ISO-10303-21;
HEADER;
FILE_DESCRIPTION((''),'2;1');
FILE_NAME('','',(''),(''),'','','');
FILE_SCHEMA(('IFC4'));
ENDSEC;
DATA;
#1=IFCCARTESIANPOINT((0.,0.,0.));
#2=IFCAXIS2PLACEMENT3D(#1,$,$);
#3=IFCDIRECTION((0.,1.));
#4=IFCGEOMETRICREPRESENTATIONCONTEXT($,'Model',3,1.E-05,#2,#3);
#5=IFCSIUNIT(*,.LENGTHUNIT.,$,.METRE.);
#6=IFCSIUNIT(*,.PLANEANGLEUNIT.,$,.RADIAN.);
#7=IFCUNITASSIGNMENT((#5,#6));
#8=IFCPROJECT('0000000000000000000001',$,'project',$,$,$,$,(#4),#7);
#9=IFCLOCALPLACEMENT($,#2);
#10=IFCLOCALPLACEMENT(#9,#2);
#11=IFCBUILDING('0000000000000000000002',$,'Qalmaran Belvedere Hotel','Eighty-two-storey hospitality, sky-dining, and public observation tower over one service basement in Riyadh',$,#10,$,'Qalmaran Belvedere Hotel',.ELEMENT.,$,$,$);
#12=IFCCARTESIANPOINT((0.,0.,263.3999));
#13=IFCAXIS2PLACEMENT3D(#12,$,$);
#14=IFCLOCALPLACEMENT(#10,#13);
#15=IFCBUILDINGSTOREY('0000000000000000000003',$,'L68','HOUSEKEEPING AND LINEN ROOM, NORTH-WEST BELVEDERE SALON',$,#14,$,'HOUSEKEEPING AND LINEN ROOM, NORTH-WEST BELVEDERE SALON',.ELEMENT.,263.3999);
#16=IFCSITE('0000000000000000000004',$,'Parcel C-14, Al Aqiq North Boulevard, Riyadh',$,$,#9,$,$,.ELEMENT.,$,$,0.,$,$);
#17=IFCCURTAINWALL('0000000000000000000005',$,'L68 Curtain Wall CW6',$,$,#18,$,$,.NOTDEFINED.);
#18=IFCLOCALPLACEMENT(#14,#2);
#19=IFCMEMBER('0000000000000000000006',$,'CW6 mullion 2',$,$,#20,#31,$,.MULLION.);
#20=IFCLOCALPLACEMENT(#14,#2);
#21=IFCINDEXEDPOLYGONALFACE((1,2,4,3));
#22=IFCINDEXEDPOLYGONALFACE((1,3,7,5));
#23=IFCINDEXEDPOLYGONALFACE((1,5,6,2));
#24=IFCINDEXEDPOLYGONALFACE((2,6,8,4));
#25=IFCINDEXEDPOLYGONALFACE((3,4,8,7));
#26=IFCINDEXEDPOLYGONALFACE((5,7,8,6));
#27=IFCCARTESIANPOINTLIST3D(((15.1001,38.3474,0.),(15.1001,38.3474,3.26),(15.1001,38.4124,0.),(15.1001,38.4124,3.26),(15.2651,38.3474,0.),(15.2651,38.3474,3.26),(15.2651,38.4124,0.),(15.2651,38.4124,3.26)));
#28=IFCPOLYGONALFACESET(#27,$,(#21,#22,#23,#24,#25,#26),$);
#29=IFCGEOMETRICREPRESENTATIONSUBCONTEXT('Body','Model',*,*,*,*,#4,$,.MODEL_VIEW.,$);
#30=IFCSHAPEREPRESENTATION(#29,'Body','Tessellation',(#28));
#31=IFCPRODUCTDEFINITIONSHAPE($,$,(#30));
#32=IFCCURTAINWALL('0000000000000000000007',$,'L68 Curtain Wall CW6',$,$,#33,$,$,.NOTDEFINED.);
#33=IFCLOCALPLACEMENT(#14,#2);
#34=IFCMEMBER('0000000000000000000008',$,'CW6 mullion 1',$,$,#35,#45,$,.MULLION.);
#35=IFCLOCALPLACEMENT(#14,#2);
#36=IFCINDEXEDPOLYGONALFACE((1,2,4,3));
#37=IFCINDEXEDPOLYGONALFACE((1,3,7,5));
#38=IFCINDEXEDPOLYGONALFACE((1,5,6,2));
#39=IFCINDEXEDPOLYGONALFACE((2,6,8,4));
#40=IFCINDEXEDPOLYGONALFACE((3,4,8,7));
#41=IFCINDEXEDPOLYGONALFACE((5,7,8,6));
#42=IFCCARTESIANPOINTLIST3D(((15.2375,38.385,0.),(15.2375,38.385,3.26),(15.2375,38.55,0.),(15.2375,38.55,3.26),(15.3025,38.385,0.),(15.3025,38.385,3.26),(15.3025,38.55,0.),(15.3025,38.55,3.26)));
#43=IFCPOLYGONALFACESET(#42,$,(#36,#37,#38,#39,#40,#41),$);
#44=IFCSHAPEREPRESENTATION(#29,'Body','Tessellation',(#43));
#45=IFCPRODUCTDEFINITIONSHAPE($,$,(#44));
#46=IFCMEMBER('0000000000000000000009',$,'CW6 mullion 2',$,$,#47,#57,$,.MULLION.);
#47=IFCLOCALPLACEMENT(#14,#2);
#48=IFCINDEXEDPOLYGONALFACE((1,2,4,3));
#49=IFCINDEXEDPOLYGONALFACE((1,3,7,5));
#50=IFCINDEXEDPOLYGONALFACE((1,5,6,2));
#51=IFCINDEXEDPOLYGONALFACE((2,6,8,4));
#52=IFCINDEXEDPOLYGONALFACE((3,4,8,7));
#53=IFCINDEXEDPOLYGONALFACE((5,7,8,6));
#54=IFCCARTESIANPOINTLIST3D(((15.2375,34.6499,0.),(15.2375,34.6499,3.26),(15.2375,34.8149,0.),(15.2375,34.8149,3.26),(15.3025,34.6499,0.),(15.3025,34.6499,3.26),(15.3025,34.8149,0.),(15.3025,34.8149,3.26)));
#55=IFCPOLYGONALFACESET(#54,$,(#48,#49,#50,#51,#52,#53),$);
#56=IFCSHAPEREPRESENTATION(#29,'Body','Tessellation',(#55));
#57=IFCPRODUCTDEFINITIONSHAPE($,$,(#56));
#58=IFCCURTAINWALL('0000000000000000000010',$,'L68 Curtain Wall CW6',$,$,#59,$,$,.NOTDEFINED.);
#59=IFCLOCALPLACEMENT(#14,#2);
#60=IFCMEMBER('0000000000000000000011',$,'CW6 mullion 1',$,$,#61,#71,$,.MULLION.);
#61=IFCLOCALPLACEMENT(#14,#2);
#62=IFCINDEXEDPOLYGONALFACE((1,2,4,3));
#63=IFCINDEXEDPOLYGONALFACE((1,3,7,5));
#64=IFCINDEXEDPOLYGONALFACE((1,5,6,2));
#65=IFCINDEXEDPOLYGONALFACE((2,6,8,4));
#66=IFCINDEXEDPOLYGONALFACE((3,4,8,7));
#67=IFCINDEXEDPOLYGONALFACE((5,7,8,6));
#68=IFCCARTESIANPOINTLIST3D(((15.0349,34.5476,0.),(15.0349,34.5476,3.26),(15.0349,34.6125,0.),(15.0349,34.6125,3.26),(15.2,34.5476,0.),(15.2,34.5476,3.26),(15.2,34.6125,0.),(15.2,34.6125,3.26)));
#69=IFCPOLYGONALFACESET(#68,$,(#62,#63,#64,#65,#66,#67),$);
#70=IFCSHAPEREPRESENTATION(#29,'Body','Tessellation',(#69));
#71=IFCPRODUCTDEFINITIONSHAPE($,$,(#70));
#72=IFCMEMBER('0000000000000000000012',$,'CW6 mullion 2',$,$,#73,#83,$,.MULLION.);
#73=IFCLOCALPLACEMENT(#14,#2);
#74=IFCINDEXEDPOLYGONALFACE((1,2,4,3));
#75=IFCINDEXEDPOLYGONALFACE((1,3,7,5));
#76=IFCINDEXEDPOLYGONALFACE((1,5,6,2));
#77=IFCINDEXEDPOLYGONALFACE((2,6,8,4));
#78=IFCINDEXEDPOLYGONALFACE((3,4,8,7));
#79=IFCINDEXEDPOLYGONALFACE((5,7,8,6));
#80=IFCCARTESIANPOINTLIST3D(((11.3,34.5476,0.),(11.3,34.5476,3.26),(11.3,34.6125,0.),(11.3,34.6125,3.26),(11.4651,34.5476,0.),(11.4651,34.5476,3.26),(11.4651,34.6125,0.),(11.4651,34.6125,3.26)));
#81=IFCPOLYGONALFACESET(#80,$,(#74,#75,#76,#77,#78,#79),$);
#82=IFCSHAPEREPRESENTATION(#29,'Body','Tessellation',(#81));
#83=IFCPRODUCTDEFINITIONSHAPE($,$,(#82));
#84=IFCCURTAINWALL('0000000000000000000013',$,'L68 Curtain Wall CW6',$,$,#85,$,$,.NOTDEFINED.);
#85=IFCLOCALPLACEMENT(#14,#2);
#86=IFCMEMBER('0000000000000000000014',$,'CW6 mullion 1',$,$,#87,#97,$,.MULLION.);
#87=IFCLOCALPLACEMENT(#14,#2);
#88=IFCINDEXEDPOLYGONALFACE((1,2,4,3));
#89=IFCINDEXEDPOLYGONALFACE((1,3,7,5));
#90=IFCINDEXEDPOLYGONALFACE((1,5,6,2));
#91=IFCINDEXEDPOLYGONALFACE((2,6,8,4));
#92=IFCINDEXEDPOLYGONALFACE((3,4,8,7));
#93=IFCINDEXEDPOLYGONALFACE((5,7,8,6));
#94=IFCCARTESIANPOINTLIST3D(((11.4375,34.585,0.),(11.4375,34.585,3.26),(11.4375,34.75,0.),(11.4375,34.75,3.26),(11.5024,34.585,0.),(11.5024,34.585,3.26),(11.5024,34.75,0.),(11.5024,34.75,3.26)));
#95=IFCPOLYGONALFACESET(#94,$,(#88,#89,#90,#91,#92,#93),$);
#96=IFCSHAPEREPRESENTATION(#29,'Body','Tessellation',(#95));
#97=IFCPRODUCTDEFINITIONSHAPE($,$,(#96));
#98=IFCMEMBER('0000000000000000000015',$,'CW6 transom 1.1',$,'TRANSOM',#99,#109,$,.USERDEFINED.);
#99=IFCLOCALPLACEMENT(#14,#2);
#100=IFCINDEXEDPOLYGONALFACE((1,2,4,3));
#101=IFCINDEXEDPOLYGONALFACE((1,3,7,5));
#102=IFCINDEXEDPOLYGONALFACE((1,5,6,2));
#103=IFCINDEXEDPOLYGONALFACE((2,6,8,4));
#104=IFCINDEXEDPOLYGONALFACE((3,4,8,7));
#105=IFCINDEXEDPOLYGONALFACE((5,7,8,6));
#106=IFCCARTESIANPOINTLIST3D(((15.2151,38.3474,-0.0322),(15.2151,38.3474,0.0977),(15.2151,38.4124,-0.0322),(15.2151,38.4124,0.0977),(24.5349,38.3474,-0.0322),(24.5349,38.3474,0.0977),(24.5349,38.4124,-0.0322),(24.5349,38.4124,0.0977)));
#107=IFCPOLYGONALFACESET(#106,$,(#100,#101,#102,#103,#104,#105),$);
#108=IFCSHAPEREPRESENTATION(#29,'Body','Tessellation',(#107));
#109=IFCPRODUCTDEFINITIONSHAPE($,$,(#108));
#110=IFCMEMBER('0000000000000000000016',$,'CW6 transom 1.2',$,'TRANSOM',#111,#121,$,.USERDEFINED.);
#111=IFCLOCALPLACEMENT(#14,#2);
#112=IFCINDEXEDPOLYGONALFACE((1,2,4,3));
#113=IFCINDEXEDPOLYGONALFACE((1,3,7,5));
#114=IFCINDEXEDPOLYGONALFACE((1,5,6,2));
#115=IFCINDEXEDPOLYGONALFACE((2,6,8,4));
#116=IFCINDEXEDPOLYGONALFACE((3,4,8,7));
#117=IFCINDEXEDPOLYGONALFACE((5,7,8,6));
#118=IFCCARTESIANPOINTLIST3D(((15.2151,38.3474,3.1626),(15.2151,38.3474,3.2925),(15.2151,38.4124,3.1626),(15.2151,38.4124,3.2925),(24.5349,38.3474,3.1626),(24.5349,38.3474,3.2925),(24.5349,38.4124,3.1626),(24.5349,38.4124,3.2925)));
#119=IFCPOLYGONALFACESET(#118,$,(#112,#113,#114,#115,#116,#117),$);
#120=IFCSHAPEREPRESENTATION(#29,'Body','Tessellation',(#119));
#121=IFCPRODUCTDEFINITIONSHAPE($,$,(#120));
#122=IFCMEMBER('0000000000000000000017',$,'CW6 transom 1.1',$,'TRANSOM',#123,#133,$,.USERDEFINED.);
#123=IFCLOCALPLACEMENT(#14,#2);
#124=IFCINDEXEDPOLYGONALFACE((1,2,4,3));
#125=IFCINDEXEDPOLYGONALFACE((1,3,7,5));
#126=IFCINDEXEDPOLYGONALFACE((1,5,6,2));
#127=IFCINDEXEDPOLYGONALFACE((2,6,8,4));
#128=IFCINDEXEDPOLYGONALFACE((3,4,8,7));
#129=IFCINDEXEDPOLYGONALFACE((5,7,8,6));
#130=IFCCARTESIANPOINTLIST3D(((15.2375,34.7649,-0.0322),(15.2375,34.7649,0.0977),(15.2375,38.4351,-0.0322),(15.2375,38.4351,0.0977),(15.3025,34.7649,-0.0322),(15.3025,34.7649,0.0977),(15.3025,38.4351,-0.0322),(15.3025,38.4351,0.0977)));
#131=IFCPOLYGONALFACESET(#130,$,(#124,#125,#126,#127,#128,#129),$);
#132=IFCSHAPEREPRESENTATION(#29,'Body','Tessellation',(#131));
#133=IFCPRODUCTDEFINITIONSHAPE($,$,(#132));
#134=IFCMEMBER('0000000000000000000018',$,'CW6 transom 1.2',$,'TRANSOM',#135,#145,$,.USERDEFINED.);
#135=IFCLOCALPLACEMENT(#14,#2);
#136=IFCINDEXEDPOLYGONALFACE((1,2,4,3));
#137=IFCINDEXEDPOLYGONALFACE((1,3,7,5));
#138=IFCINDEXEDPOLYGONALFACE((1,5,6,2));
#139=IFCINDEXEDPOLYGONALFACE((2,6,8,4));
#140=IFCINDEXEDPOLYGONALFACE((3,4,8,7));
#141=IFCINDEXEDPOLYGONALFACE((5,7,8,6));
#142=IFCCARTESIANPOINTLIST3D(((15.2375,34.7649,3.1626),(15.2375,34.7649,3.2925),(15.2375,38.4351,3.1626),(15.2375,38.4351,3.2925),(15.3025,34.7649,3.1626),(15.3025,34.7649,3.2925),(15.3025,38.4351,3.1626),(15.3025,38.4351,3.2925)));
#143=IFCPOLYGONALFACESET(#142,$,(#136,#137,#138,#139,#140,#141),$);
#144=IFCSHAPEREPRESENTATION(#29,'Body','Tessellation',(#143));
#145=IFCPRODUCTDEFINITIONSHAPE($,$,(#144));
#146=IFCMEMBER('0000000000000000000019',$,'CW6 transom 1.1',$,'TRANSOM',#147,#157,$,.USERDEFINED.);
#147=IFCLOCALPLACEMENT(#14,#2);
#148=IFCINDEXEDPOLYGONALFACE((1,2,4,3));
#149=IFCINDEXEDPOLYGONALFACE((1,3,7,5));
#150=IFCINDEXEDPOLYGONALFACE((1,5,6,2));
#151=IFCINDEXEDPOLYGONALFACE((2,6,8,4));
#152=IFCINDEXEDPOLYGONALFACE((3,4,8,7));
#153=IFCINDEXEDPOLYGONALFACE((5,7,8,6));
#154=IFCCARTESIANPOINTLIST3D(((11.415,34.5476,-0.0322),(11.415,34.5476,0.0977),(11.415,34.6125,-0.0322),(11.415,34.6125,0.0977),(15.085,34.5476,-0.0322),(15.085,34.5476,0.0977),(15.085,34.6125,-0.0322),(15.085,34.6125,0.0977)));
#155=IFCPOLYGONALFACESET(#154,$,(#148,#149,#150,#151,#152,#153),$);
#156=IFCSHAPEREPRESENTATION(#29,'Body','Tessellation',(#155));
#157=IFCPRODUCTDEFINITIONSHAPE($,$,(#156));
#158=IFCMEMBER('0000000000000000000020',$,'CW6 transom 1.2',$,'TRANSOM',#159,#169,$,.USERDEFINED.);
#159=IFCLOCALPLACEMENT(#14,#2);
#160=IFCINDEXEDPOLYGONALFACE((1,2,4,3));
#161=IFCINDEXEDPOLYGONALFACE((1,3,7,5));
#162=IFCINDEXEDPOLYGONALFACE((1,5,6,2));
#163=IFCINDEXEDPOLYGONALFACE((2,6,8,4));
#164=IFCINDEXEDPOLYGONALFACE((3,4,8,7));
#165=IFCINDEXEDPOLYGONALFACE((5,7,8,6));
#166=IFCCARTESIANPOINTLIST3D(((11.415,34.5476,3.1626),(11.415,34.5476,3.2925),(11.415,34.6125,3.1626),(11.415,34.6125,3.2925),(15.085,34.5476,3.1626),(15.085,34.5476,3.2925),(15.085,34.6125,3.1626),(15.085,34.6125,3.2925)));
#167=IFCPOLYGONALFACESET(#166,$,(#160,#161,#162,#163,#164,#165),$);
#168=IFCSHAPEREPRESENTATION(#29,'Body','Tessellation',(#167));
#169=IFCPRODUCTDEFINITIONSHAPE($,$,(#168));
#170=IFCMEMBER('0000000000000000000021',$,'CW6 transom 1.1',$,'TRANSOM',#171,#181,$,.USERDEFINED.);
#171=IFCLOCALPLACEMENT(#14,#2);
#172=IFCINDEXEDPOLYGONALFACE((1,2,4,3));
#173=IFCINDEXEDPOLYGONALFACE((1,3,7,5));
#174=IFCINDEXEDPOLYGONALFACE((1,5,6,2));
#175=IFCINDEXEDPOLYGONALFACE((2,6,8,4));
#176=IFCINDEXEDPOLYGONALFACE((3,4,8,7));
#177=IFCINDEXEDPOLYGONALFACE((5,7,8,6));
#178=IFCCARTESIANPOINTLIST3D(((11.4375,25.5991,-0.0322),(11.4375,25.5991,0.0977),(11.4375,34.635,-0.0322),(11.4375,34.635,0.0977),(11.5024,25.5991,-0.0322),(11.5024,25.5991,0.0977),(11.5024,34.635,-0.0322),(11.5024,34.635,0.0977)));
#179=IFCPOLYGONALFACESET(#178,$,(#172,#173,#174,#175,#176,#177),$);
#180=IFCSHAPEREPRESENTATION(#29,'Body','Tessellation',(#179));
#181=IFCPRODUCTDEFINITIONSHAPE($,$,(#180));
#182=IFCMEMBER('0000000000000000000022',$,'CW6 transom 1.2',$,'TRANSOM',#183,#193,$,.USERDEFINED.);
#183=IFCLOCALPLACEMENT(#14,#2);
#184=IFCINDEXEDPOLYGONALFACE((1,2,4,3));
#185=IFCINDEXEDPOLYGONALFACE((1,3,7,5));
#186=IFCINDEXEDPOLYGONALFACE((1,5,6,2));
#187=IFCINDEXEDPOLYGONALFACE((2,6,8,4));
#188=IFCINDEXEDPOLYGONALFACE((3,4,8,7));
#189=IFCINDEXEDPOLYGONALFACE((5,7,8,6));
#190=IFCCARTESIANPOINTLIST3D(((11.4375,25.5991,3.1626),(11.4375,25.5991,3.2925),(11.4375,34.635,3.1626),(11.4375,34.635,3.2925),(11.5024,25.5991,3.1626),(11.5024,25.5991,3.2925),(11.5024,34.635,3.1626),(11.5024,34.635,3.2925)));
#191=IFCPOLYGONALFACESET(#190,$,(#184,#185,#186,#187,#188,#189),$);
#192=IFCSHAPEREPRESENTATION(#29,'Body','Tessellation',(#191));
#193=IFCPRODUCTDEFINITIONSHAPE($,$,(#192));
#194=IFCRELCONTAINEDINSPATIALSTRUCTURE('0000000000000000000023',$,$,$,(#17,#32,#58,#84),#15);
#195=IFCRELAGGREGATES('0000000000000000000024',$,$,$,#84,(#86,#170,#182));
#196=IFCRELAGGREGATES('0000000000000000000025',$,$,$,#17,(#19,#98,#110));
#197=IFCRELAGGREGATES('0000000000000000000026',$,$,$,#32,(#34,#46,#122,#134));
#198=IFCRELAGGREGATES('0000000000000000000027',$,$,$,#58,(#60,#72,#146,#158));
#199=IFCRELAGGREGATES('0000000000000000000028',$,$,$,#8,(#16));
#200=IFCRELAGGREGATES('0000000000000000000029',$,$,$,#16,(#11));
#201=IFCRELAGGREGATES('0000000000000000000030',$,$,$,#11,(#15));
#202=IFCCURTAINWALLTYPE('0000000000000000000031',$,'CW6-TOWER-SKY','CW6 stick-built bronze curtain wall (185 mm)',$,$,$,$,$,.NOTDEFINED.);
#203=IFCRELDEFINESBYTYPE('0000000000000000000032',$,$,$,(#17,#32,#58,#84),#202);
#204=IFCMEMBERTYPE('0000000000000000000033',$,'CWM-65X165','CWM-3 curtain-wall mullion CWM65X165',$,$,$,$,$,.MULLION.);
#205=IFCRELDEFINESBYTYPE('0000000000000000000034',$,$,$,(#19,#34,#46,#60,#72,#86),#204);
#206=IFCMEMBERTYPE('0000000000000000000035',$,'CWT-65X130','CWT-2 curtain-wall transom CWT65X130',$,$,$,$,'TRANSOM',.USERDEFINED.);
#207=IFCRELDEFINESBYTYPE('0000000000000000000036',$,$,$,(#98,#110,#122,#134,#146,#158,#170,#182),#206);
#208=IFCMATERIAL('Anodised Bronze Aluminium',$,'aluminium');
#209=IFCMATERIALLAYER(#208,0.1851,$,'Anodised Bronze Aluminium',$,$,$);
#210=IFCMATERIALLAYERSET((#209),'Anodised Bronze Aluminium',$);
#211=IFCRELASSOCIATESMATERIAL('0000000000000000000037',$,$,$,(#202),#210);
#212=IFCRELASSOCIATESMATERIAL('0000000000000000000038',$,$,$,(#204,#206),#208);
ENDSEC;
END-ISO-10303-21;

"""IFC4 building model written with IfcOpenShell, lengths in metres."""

from ifc_helpers import new_model, si_unit, direction, frame, origin, origin_2d, place, context, subcontext, project, spatial, rectangle, extrude, material, layer, layer_set, material_profile, profile_set, type_object, element, aggregate, save


model = new_model("IFC4")

# Units and contexts
model_context = context("Model", 3, precision=1e-05, world=origin(), true_north=direction((0.0, 1.0)))
body_context = subcontext(model_context, "Body", "Model", "MODEL_VIEW")
ifc_project = project(units=[si_unit("LENGTHUNIT", "METRE"), si_unit("PLANEANGLEUNIT", "RADIAN")], contexts=[model_context])

# Site, building, storey
site_placement = place(None, origin())
site = spatial("IfcSite", under=ifc_project, at=site_placement, Name="Parcel C-14, Al Aqiq North Boulevard, Riyadh", CompositionType="ELEMENT", RefElevation=0.0)
building_placement = place(site_placement, origin())
building = spatial("IfcBuilding", under=site, at=building_placement, Name="Qalmaran Belvedere Hotel", Description="Eighty-two-storey hospitality, sky-dining, and public observation tower over one service basement in Riyadh", LongName="Qalmaran Belvedere Hotel", CompositionType="ELEMENT")
storey_placement = place(building_placement, frame((0.0, 0.0, 263.3999)))
storey = spatial("IfcBuildingStorey", under=building, at=storey_placement, Name="L68", Description="HOUSEKEEPING AND LINEN ROOM, NORTH-WEST BELVEDERE SALON", LongName="HOUSEKEEPING AND LINEN ROOM, NORTH-WEST BELVEDERE SALON", CompositionType="ELEMENT", Elevation=263.3999)

# Curtain walls, members
ifc_material_1 = material(Name="Anodised Bronze Aluminium", Category="aluminium")
ifc_layer_1 = layer(ifc_material_1, 0.1851, Name="Anodised Bronze Aluminium")
ifc_layer_set_1 = layer_set([ifc_layer_1], Name="Anodised Bronze Aluminium")
curtain_wall_type = type_object("IfcCurtainWallType", Name="CW6-TOWER-SKY", Description="CW6 stick-built bronze curtain wall (185 mm)", PredefinedType="NOTDEFINED", material=ifc_layer_set_1)
curtain_wall_1_placement = place(storey_placement, origin())
curtain_wall_1 = element("IfcCurtainWall", 1, at=curtain_wall_1_placement, inside=storey, type_object=curtain_wall_type, Name="L68 Curtain Wall CW6", PredefinedType="NOTDEFINED")
ifc_material_profile_1 = material_profile(ifc_material_1, rectangle(XDim=0.0649, YDim=0.165, at=origin_2d()), Name="CWM65X165")
ifc_profile_set_1 = profile_set([ifc_material_profile_1], Name="Anodised Bronze Aluminium")
member_type_1 = type_object("IfcMemberType", Name="CWM-65X165", Description="CWM-3 curtain-wall mullion CWM65X165", PredefinedType="MULLION", material=ifc_profile_set_1)
member_1_placement = place(storey_placement, frame((15.1826, 38.3799, 0.0), z_axis=(0.0, 0.0, 1.0), x_axis=(0.0, -1.0, 0.0)))
member_1 = element("IfcMember", 2, at=member_1_placement, type_object=member_type_1, Name="CW6 mullion 2", PredefinedType="MULLION", context=body_context, shape_type="SweptSolid", body=[
    extrude(rectangle(XDim=0.0649, YDim=0.165, at=origin_2d()), origin(), (0.0, 0.0, 1.0), 3.26),
])
curtain_wall_2_placement = place(storey_placement, origin())
curtain_wall_2 = element("IfcCurtainWall", 3, at=curtain_wall_2_placement, inside=storey, type_object=curtain_wall_type, Name="L68 Curtain Wall CW6", PredefinedType="NOTDEFINED")
member_2_placement = place(storey_placement, frame((15.27, 38.4675, 0.0), z_axis=(0.0, 0.0, 1.0), x_axis=(1.0, 0.0, 0.0)))
member_2 = element("IfcMember", 4, at=member_2_placement, type_object=member_type_1, Name="CW6 mullion 1", PredefinedType="MULLION", context=body_context, shape_type="SweptSolid", body=[
    extrude(rectangle(XDim=0.0649, YDim=0.165, at=origin_2d()), origin(), (0.0, 0.0, 1.0), 3.26),
])
member_3_placement = place(storey_placement, frame((15.27, 34.7324, 0.0), z_axis=(0.0, 0.0, 1.0), x_axis=(1.0, 0.0, 0.0)))
member_3 = element("IfcMember", 5, at=member_3_placement, type_object=member_type_1, Name="CW6 mullion 2", PredefinedType="MULLION", context=body_context, shape_type="SweptSolid", body=[
    extrude(rectangle(XDim=0.0649, YDim=0.165, at=origin_2d()), origin(), (0.0, 0.0, 1.0), 3.26),
])
curtain_wall_3_placement = place(storey_placement, origin())
curtain_wall_3 = element("IfcCurtainWall", 6, at=curtain_wall_3_placement, inside=storey, type_object=curtain_wall_type, Name="L68 Curtain Wall CW6", PredefinedType="NOTDEFINED")
member_4_placement = place(storey_placement, frame((15.1174, 34.5801, 0.0), z_axis=(0.0, 0.0, 1.0), x_axis=(0.0, -1.0, 0.0)))
member_4 = element("IfcMember", 7, at=member_4_placement, type_object=member_type_1, Name="CW6 mullion 1", PredefinedType="MULLION", context=body_context, shape_type="SweptSolid", body=[
    extrude(rectangle(XDim=0.0649, YDim=0.165, at=origin_2d()), origin(), (0.0, 0.0, 1.0), 3.26),
])
member_5_placement = place(storey_placement, frame((11.3826, 34.5801, 0.0), z_axis=(0.0, 0.0, 1.0), x_axis=(0.0, -1.0, 0.0)))
member_5 = element("IfcMember", 8, at=member_5_placement, type_object=member_type_1, Name="CW6 mullion 2", PredefinedType="MULLION", context=body_context, shape_type="SweptSolid", body=[
    extrude(rectangle(XDim=0.0649, YDim=0.165, at=origin_2d()), origin(), (0.0, 0.0, 1.0), 3.26),
])

# Curtain wall, member
curtain_wall_4_placement = place(storey_placement, origin())
curtain_wall_4 = element("IfcCurtainWall", 9, at=curtain_wall_4_placement, inside=storey, type_object=curtain_wall_type, Name="L68 Curtain Wall CW6", PredefinedType="NOTDEFINED")
member_6_placement = place(storey_placement, frame((11.47, 34.6675, 0.0), z_axis=(0.0, 0.0, 1.0), x_axis=(1.0, 0.0, 0.0)))
member_6 = element("IfcMember", 10, at=member_6_placement, type_object=member_type_1, Name="CW6 mullion 1", PredefinedType="MULLION", context=body_context, shape_type="SweptSolid", body=[
    extrude(rectangle(XDim=0.0649, YDim=0.165, at=origin_2d()), origin(), (0.0, 0.0, 1.0), 3.26),
])

# Members
ifc_material_profile_2 = material_profile(ifc_material_1, rectangle(XDim=0.0649, YDim=0.1299, at=origin_2d()), Name="CWT65X130")
ifc_profile_set_2 = profile_set([ifc_material_profile_2], Name="Anodised Bronze Aluminium")
member_type_2 = type_object("IfcMemberType", Name="CWT-65X130", Description="CWT-2 curtain-wall transom CWT65X130", ElementType="TRANSOM", PredefinedType="USERDEFINED", material=ifc_profile_set_2)
member_7_placement = place(storey_placement, frame((24.5349, 38.3799, 0.0327), z_axis=(-1.0, 0.0, 0.0), x_axis=(0.0, -1.0, 0.0)))
member_7 = element("IfcMember", 11, at=member_7_placement, type_object=member_type_2, Name="CW6 transom 1.1", ObjectType="TRANSOM", PredefinedType="USERDEFINED", context=body_context, shape_type="SweptSolid", body=[
    extrude(rectangle(XDim=0.0649, YDim=0.1299, at=origin_2d()), origin(), (0.0, 0.0, 1.0), 9.3198),
])
member_8_placement = place(storey_placement, frame((24.5349, 38.3799, 3.2275), z_axis=(-1.0, 0.0, 0.0), x_axis=(0.0, -1.0, 0.0)))
member_8 = element("IfcMember", 12, at=member_8_placement, type_object=member_type_2, Name="CW6 transom 1.2", ObjectType="TRANSOM", PredefinedType="USERDEFINED", context=body_context, shape_type="SweptSolid", body=[
    extrude(rectangle(XDim=0.0649, YDim=0.1299, at=origin_2d()), origin(), (0.0, 0.0, 1.0), 9.3198),
])
member_9_placement = place(storey_placement, frame((15.27, 38.4351, 0.0327), z_axis=(0.0, -1.0, 0.0), x_axis=(1.0, 0.0, 0.0)))
member_9 = element("IfcMember", 13, at=member_9_placement, type_object=member_type_2, Name="CW6 transom 1.1", ObjectType="TRANSOM", PredefinedType="USERDEFINED", context=body_context, shape_type="SweptSolid", body=[
    extrude(rectangle(XDim=0.0649, YDim=0.1299, at=origin_2d()), origin(), (0.0, 0.0, 1.0), 3.6702),
])
member_10_placement = place(storey_placement, frame((15.27, 38.4351, 3.2275), z_axis=(0.0, -1.0, 0.0), x_axis=(1.0, 0.0, 0.0)))
member_10 = element("IfcMember", 14, at=member_10_placement, type_object=member_type_2, Name="CW6 transom 1.2", ObjectType="TRANSOM", PredefinedType="USERDEFINED", context=body_context, shape_type="SweptSolid", body=[
    extrude(rectangle(XDim=0.0649, YDim=0.1299, at=origin_2d()), origin(), (0.0, 0.0, 1.0), 3.6702),
])
member_11_placement = place(storey_placement, frame((15.085, 34.5801, 0.0327), z_axis=(-1.0, 0.0, 0.0), x_axis=(0.0, -1.0, 0.0)))
member_11 = element("IfcMember", 15, at=member_11_placement, type_object=member_type_2, Name="CW6 transom 1.1", ObjectType="TRANSOM", PredefinedType="USERDEFINED", context=body_context, shape_type="SweptSolid", body=[
    extrude(rectangle(XDim=0.0649, YDim=0.1299, at=origin_2d()), origin(), (0.0, 0.0, 1.0), 3.6699),
])
member_12_placement = place(storey_placement, frame((15.085, 34.5801, 3.2275), z_axis=(-1.0, 0.0, 0.0), x_axis=(0.0, -1.0, 0.0)))
member_12 = element("IfcMember", 16, at=member_12_placement, type_object=member_type_2, Name="CW6 transom 1.2", ObjectType="TRANSOM", PredefinedType="USERDEFINED", context=body_context, shape_type="SweptSolid", body=[
    extrude(rectangle(XDim=0.0649, YDim=0.1299, at=origin_2d()), origin(), (0.0, 0.0, 1.0), 3.6699),
])
member_13_placement = place(storey_placement, frame((11.47, 34.635, 0.0327), z_axis=(0.0, -1.0, 0.0), x_axis=(1.0, 0.0, 0.0)))
member_13 = element("IfcMember", 17, at=member_13_placement, type_object=member_type_2, Name="CW6 transom 1.1", ObjectType="TRANSOM", PredefinedType="USERDEFINED", context=body_context, shape_type="SweptSolid", body=[
    extrude(rectangle(XDim=0.0649, YDim=0.1299, at=origin_2d()), origin(), (0.0, 0.0, 1.0), 9.0359),
])
member_14_placement = place(storey_placement, frame((11.47, 34.635, 3.2275), z_axis=(0.0, -1.0, 0.0), x_axis=(1.0, 0.0, 0.0)))
member_14 = element("IfcMember", 18, at=member_14_placement, type_object=member_type_2, Name="CW6 transom 1.2", ObjectType="TRANSOM", PredefinedType="USERDEFINED", context=body_context, shape_type="SweptSolid", body=[
    extrude(rectangle(XDim=0.0649, YDim=0.1299, at=origin_2d()), origin(), (0.0, 0.0, 1.0), 9.0359),
])
aggregate(curtain_wall_4, [member_6, member_13, member_14])

aggregate(curtain_wall_1, [member_1, member_7, member_8])
aggregate(curtain_wall_2, [member_2, member_3, member_9, member_10])
aggregate(curtain_wall_3, [member_4, member_5, member_11, member_12])

save(model, "model.ifc")
